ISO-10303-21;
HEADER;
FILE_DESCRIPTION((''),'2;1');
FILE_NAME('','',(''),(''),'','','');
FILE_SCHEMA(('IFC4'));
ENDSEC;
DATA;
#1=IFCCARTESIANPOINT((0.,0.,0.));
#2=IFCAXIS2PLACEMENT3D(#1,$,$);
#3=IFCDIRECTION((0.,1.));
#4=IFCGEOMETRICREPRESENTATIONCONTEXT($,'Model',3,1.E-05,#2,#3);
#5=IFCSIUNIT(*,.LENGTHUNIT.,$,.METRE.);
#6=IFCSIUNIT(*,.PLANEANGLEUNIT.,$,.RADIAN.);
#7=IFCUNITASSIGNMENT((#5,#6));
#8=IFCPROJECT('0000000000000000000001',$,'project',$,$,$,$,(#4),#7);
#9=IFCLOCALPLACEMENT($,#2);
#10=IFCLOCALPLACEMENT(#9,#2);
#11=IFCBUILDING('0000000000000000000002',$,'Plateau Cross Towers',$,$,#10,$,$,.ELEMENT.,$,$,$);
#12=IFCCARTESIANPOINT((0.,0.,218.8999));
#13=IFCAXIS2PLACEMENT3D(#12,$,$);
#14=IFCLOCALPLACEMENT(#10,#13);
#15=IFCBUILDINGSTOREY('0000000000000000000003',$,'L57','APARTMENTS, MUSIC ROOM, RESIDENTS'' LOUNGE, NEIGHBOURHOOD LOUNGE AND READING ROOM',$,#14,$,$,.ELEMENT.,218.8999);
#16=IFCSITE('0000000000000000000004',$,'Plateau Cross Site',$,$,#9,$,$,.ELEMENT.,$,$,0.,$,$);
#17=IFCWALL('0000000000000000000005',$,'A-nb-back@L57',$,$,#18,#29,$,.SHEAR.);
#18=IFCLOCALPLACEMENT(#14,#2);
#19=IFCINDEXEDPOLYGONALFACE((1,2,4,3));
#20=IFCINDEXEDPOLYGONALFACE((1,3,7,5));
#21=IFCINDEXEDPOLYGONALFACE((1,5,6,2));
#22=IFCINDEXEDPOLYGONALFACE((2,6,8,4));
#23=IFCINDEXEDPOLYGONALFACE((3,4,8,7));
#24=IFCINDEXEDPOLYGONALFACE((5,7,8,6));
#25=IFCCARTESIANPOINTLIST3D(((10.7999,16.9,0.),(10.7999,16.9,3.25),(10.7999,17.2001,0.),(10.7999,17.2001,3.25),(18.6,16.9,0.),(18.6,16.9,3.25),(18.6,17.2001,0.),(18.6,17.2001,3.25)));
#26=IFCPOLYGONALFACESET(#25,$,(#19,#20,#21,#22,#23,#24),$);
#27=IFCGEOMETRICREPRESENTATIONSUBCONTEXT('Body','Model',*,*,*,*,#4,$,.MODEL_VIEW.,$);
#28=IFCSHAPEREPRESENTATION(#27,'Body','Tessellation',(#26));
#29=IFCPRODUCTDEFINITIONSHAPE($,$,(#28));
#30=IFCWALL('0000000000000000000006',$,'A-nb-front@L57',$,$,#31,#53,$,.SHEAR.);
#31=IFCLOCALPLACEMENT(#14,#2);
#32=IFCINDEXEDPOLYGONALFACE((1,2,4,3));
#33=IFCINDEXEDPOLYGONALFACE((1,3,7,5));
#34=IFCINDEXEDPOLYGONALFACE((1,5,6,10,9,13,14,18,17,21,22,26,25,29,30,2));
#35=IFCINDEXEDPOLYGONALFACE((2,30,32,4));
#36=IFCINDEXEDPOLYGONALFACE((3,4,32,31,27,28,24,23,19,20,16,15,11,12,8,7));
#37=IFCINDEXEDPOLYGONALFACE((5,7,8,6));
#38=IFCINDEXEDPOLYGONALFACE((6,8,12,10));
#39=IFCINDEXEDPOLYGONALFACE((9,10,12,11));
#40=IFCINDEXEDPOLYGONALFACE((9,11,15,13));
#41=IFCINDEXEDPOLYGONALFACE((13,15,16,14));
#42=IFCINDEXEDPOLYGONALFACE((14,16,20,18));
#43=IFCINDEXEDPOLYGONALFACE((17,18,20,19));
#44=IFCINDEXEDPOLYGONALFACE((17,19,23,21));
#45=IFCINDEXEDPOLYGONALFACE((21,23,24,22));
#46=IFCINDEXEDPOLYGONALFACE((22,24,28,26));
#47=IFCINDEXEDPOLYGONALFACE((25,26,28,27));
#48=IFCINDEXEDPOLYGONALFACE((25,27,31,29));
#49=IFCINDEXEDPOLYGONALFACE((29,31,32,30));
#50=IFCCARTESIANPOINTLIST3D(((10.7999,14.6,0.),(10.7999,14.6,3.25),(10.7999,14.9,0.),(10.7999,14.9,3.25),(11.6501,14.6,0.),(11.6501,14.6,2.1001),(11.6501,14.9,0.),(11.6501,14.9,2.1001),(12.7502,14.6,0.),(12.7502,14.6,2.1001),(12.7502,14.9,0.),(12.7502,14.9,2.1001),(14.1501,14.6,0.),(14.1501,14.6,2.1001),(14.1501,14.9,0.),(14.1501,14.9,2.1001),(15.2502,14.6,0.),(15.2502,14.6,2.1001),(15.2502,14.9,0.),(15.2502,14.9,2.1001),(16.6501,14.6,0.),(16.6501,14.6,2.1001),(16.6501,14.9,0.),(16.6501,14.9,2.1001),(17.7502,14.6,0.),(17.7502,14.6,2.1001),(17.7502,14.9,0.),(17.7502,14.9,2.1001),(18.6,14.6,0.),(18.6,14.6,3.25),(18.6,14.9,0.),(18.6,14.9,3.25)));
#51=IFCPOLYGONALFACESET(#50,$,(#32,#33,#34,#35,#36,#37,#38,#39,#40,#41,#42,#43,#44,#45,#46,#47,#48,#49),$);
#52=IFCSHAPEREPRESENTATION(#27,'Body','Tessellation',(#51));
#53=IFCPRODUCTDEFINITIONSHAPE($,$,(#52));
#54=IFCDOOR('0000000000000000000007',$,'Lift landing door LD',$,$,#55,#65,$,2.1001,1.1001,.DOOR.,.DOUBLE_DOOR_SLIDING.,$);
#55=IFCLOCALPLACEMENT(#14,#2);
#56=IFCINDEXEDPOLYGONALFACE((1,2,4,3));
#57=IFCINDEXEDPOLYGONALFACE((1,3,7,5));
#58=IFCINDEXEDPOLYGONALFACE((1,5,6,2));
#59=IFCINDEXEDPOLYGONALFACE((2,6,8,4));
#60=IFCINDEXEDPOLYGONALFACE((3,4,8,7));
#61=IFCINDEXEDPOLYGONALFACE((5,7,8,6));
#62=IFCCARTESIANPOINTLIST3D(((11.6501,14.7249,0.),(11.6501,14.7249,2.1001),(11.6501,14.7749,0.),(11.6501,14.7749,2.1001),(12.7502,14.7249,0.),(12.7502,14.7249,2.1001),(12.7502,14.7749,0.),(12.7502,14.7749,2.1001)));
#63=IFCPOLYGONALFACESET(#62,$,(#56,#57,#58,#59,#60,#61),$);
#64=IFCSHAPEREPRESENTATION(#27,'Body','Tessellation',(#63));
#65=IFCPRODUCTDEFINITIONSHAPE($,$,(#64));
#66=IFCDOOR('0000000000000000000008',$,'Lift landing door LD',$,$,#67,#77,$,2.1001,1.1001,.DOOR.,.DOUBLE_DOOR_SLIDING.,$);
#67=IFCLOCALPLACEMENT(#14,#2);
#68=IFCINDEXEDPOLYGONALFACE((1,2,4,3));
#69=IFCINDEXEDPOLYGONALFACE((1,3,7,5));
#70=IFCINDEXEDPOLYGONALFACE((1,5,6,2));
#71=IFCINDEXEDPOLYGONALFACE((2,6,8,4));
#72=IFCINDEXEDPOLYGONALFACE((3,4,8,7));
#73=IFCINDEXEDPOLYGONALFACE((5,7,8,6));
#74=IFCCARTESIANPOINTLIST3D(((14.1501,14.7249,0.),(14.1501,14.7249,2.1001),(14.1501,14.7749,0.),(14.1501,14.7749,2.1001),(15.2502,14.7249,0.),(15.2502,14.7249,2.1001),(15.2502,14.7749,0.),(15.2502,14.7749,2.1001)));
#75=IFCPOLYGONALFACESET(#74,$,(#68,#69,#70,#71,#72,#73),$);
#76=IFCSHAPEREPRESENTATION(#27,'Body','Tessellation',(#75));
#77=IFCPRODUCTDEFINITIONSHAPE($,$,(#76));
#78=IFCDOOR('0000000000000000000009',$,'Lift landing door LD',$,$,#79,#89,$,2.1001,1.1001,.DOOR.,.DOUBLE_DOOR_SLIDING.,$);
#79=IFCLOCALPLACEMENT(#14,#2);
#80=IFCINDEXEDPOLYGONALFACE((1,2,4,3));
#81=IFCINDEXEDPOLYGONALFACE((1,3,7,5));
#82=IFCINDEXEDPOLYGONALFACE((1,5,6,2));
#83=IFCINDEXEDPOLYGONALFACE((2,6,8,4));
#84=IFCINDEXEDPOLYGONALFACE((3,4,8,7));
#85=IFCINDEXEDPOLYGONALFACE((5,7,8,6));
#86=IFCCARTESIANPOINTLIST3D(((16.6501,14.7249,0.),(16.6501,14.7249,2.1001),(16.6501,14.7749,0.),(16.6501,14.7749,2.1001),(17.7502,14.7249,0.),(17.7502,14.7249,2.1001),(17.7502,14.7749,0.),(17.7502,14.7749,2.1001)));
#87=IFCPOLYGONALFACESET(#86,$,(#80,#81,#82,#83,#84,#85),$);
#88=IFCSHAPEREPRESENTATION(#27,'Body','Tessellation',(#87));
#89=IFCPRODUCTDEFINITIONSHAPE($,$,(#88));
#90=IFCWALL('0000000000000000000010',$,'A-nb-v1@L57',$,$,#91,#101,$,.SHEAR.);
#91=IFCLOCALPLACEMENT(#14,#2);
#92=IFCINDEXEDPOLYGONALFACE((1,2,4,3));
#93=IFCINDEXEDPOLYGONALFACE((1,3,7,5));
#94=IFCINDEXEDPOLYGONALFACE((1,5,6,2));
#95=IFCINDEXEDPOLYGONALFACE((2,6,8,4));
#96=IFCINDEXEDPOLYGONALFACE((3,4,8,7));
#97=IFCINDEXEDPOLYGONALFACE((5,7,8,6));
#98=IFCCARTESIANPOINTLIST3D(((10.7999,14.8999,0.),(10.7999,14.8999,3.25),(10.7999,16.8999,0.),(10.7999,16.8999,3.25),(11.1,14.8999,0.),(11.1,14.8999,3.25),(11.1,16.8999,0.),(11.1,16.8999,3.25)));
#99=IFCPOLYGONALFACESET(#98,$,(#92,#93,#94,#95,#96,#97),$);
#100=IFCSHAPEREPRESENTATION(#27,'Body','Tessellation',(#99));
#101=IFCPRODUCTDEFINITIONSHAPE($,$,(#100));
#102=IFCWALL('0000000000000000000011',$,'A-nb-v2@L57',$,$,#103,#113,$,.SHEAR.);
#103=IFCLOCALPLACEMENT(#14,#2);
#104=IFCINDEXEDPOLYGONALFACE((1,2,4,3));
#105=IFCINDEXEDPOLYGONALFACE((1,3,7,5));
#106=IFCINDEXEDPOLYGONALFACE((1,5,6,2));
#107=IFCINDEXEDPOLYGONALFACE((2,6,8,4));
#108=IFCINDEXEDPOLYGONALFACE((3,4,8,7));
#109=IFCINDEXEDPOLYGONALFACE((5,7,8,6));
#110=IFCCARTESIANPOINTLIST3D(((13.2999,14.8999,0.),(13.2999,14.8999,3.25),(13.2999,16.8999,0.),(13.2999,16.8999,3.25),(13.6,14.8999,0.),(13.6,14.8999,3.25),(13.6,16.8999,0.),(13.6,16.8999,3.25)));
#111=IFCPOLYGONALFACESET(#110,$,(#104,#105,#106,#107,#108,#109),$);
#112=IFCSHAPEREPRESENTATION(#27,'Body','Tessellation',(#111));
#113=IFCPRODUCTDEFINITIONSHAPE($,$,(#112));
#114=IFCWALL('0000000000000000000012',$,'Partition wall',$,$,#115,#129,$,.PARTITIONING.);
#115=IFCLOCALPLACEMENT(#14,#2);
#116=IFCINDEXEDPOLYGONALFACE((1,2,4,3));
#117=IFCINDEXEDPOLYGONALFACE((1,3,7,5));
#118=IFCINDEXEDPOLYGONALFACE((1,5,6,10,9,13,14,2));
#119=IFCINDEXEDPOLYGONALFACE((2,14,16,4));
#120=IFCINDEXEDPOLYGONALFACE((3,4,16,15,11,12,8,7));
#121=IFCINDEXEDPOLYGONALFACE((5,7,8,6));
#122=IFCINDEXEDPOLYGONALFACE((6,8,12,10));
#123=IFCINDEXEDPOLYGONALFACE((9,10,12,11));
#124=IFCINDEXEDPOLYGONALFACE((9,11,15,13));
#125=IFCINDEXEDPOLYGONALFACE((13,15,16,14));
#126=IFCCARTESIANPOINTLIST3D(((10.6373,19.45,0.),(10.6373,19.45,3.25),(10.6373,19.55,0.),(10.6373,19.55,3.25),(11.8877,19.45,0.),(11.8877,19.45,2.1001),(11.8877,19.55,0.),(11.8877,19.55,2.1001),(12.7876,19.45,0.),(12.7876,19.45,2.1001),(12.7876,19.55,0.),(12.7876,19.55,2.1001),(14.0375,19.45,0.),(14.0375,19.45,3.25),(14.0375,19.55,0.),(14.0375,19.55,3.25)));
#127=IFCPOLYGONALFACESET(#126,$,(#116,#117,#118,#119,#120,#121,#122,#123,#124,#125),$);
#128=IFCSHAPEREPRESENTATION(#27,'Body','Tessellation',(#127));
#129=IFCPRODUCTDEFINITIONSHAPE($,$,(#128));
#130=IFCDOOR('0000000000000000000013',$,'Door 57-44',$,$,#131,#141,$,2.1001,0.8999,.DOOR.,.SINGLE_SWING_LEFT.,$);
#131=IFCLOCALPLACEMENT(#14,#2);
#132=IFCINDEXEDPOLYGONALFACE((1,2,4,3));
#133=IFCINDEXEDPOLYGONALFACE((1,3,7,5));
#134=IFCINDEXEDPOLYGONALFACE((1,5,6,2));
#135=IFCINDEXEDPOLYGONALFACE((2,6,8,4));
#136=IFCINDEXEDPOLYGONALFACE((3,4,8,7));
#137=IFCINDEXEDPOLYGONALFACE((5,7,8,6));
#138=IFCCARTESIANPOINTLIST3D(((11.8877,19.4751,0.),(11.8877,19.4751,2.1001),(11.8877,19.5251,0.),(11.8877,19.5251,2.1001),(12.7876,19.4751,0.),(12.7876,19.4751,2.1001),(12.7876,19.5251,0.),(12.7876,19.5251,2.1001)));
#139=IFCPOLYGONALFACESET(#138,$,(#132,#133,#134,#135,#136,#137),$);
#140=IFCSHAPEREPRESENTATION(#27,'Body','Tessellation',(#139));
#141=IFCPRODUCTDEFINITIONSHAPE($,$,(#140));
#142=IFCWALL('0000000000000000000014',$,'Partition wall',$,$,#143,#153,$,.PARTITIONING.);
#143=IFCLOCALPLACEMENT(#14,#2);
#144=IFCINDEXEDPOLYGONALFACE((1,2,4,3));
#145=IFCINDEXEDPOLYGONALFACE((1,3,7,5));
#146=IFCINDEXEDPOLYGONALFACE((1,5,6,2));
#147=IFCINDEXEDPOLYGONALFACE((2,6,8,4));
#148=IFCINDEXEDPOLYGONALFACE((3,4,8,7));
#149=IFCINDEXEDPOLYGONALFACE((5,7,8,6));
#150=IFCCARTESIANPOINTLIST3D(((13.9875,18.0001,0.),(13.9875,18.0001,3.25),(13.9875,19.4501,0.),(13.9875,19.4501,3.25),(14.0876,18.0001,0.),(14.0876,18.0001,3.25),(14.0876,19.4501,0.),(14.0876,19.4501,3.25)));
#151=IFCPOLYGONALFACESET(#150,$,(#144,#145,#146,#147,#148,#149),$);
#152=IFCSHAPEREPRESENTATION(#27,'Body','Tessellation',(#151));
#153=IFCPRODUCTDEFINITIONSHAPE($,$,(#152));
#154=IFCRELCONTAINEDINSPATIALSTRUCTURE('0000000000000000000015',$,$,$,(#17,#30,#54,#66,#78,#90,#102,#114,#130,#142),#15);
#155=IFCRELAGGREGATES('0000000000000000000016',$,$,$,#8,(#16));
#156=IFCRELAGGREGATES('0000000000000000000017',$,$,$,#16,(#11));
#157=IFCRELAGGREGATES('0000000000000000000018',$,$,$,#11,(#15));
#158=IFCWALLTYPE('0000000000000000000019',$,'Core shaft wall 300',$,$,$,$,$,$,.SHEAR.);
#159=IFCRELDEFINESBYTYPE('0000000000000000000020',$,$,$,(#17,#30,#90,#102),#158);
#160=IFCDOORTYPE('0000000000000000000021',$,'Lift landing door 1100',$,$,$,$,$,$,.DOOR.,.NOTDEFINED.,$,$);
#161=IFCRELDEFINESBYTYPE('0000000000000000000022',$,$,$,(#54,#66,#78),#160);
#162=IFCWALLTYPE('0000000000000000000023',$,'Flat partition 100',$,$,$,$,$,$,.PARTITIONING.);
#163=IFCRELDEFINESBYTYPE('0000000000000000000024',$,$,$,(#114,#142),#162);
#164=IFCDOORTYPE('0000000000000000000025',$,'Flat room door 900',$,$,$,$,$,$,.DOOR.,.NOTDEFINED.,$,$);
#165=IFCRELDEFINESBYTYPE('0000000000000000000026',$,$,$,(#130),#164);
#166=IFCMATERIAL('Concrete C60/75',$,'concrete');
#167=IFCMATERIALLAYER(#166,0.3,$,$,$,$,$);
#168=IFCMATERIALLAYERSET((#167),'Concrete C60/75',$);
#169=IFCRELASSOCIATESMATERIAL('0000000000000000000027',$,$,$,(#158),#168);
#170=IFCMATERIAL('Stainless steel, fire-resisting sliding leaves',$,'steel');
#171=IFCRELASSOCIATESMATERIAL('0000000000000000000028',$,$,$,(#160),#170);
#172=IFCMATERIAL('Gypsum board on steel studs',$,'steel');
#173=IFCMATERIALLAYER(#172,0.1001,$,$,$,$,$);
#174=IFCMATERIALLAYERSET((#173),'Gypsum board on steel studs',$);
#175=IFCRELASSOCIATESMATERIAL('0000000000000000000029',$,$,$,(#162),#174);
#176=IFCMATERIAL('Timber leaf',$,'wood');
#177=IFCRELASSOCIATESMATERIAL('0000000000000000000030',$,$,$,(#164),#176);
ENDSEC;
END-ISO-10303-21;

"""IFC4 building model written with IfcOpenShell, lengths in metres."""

from ifc_helpers import new_model, si_unit, direction, frame, frame_2d, origin, place, context, subcontext, project, spatial, rectangle, extrude, material, layer, layer_set, type_object, element, fill, save


model = new_model("IFC4")

# Units and contexts
model_context = context("Model", 3, precision=1e-05, world=origin(), true_north=direction((0.0, 1.0)))
body_context = subcontext(model_context, "Body", "Model", "MODEL_VIEW")
ifc_project = project(units=[si_unit("LENGTHUNIT", "METRE"), si_unit("PLANEANGLEUNIT", "RADIAN")], contexts=[model_context])

# Site, building, storey
site_placement = place(None, origin())
site = spatial("IfcSite", under=ifc_project, at=site_placement, Name="Plateau Cross Site", CompositionType="ELEMENT", RefElevation=0.0)
building_placement = place(site_placement, origin())
building = spatial("IfcBuilding", under=site, at=building_placement, Name="Plateau Cross Towers", CompositionType="ELEMENT")
storey_placement = place(building_placement, frame((0.0, 0.0, 218.8999)))
storey = spatial("IfcBuildingStorey", under=building, at=storey_placement, Name="L57", Description="APARTMENTS, MUSIC ROOM, RESIDENTS' LOUNGE, NEIGHBOURHOOD LOUNGE AND READING ROOM", CompositionType="ELEMENT", Elevation=218.8999)

# Wall
ifc_material_1 = material(Name="Concrete C60/75", Category="concrete")
ifc_layer_1 = layer(ifc_material_1, 0.3)
ifc_layer_set_1 = layer_set([ifc_layer_1], Name="Concrete C60/75")
wall_type_1 = type_object("IfcWallType", Name="Core shaft wall 300", PredefinedType="SHEAR", material=ifc_layer_set_1)
wall_1_placement = place(storey_placement, frame((10.8, 17.05, 0.0), z_axis=(0.0, 0.0, 1.0), x_axis=(1.0, 0.0, 0.0)))
element("IfcWall", 1, at=wall_1_placement, inside=storey, type_object=wall_type_1, Name="A-nb-back@L57", PredefinedType="SHEAR", context=body_context, shape_type="SweptSolid", body=[
    extrude(rectangle(XDim=7.8, YDim=0.3, at=frame_2d((3.8999, 0.0))), origin(), (0.0, 0.0, 1.0), 3.25),
])

# Wall, openings, doors
wall_2_placement = place(storey_placement, frame((10.8, 14.75, 0.0), z_axis=(0.0, 0.0, 1.0), x_axis=(1.0, 0.0, 0.0)))
wall_2 = element("IfcWall", 2, at=wall_2_placement, inside=storey, type_object=wall_type_1, Name="A-nb-front@L57", PredefinedType="SHEAR", context=body_context, shape_type="SweptSolid", body=[
    extrude(rectangle(XDim=7.8, YDim=0.3, at=frame_2d((3.8999, 0.0))), origin(), (0.0, 0.0, 1.0), 3.25),
])
opening_1_placement = place(wall_2_placement, frame((0.8501, 0.0, 0.0)))
opening_1 = element("IfcOpeningElement", 3, at=opening_1_placement, cuts=wall_2, PredefinedType="OPENING", context=body_context, shape_type="SweptSolid", body=[
    extrude(rectangle(XDim=1.1001, YDim=2.1001, at=frame_2d((0.55, 1.05))), frame((0.0, 0.1599, 0.0), z_axis=(0.0, -1.0, 0.0), x_axis=(1.0, 0.0, 0.0)), (0.0, 0.0, 1.0), 0.3201),
])
opening_2_placement = place(wall_2_placement, frame((3.3501, 0.0, 0.0)))
opening_2 = element("IfcOpeningElement", 4, at=opening_2_placement, cuts=wall_2, PredefinedType="OPENING", context=body_context, shape_type="SweptSolid", body=[
    extrude(rectangle(XDim=1.1001, YDim=2.1001, at=frame_2d((0.55, 1.05))), frame((0.0, 0.1599, 0.0), z_axis=(0.0, -1.0, 0.0), x_axis=(1.0, 0.0, 0.0)), (0.0, 0.0, 1.0), 0.3201),
])
opening_3_placement = place(wall_2_placement, frame((5.8501, 0.0, 0.0)))
opening_3 = element("IfcOpeningElement", 5, at=opening_3_placement, cuts=wall_2, PredefinedType="OPENING", context=body_context, shape_type="SweptSolid", body=[
    extrude(rectangle(XDim=1.1001, YDim=2.1001, at=frame_2d((0.55, 1.05))), frame((0.0, 0.1599, 0.0), z_axis=(0.0, -1.0, 0.0), x_axis=(1.0, 0.0, 0.0)), (0.0, 0.0, 1.0), 0.3201),
])
ifc_material_2 = material(Name="Stainless steel, fire-resisting sliding leaves", Category="steel")
door_type_1 = type_object("IfcDoorType", Name="Lift landing door 1100", OperationType="NOTDEFINED", PredefinedType="DOOR", material=ifc_material_2)
door_1_placement = place(opening_1_placement, origin())
door_1 = element("IfcDoor", 6, at=door_1_placement, inside=storey, type_object=door_type_1, Name="Lift landing door LD", OperationType="DOUBLE_DOOR_SLIDING", OverallHeight=2.1001, OverallWidth=1.1001, PredefinedType="DOOR", context=body_context, shape_type="SweptSolid", body=[
    extrude(rectangle(XDim=1.1001, YDim=2.1001, at=frame_2d((0.55, 1.05))), frame((0.0, 0.0249, 0.0), z_axis=(0.0, -1.0, 0.0), x_axis=(1.0, 0.0, 0.0)), (0.0, 0.0, 1.0), 0.05),
])
fill(opening_1, door_1)
door_2_placement = place(opening_2_placement, origin())
door_2 = element("IfcDoor", 7, at=door_2_placement, inside=storey, type_object=door_type_1, Name="Lift landing door LD", OperationType="DOUBLE_DOOR_SLIDING", OverallHeight=2.1001, OverallWidth=1.1001, PredefinedType="DOOR", context=body_context, shape_type="SweptSolid", body=[
    extrude(rectangle(XDim=1.1001, YDim=2.1001, at=frame_2d((0.55, 1.05))), frame((0.0, 0.0249, 0.0), z_axis=(0.0, -1.0, 0.0), x_axis=(1.0, 0.0, 0.0)), (0.0, 0.0, 1.0), 0.05),
])
fill(opening_2, door_2)
door_3_placement = place(opening_3_placement, origin())
door_3 = element("IfcDoor", 8, at=door_3_placement, inside=storey, type_object=door_type_1, Name="Lift landing door LD", OperationType="DOUBLE_DOOR_SLIDING", OverallHeight=2.1001, OverallWidth=1.1001, PredefinedType="DOOR", context=body_context, shape_type="SweptSolid", body=[
    extrude(rectangle(XDim=1.1001, YDim=2.1001, at=frame_2d((0.55, 1.05))), frame((0.0, 0.0249, 0.0), z_axis=(0.0, -1.0, 0.0), x_axis=(1.0, 0.0, 0.0)), (0.0, 0.0, 1.0), 0.05),
])
fill(opening_3, door_3)

# Walls
for number, where, z_axis, x_axis, name in (
    (9, (10.95, 14.8999, 0.0), (0.0, 0.0, 1.0), (0.0, 1.0, 0.0), "A-nb-v1@L57"),
    (10, (13.45, 14.8999, 0.0), (0.0, 0.0, 1.0), (0.0, 1.0, 0.0), "A-nb-v2@L57"),
):
    element("IfcWall", number, at=place(storey_placement, frame(where, z_axis=z_axis, x_axis=x_axis)), inside=storey, type_object=wall_type_1, Name=name, PredefinedType="SHEAR", context=body_context, shape_type="SweptSolid", body=[
        extrude(rectangle(XDim=2.0, YDim=0.3, at=frame_2d((1.0, 0.0))), origin(), (0.0, 0.0, 1.0), 3.25),
    ])

# Wall, opening, door
ifc_material_3 = material(Name="Gypsum board on steel studs", Category="steel")
ifc_layer_2 = layer(ifc_material_3, 0.1001)
ifc_layer_set_2 = layer_set([ifc_layer_2], Name="Gypsum board on steel studs")
wall_type_2 = type_object("IfcWallType", Name="Flat partition 100", PredefinedType="PARTITIONING", material=ifc_layer_set_2)
wall_3_placement = place(storey_placement, frame((14.0376, 19.5, 0.0), z_axis=(0.0, 0.0, 1.0), x_axis=(-1.0, 0.0, 0.0)))
wall_3 = element("IfcWall", 11, at=wall_3_placement, inside=storey, type_object=wall_type_2, Name="Partition wall", PredefinedType="PARTITIONING", context=body_context, shape_type="SweptSolid", body=[
    extrude(rectangle(XDim=3.4001, YDim=0.1001, at=frame_2d((1.7002, 0.0))), origin(), (0.0, 0.0, 1.0), 3.25),
])
opening_4_placement = place(wall_3_placement, frame((1.25, 0.0, 0.0)))
opening_4 = element("IfcOpeningElement", 12, at=opening_4_placement, cuts=wall_3, PredefinedType="OPENING", context=body_context, shape_type="SweptSolid", body=[
    extrude(rectangle(XDim=0.8999, YDim=2.1001, at=frame_2d((0.45, 1.05))), frame((0.0, 0.0601, 0.0), z_axis=(0.0, -1.0, 0.0), x_axis=(1.0, 0.0, 0.0)), (0.0, 0.0, 1.0), 0.1201),
])
ifc_material_4 = material(Name="Timber leaf", Category="wood")
door_type_2 = type_object("IfcDoorType", Name="Flat room door 900", OperationType="NOTDEFINED", PredefinedType="DOOR", material=ifc_material_4)
door_4_placement = place(opening_4_placement, origin())
door_4 = element("IfcDoor", 13, at=door_4_placement, inside=storey, type_object=door_type_2, Name="Door 57-44", OperationType="SINGLE_SWING_LEFT", OverallHeight=2.1001, OverallWidth=0.8999, PredefinedType="DOOR", context=body_context, shape_type="SweptSolid", body=[
    extrude(rectangle(XDim=0.8999, YDim=2.1001, at=frame_2d((0.45, 1.05))), frame((0.0, 0.0249, 0.0), z_axis=(0.0, -1.0, 0.0), x_axis=(1.0, 0.0, 0.0)), (0.0, 0.0, 1.0), 0.05),
])
fill(opening_4, door_4)

# Wall
wall_4_placement = place(storey_placement, frame((14.0376, 18.0, 0.0), z_axis=(0.0, 0.0, 1.0), x_axis=(0.0, 1.0, 0.0)))
element("IfcWall", 14, at=wall_4_placement, inside=storey, type_object=wall_type_2, Name="Partition wall", PredefinedType="PARTITIONING", context=body_context, shape_type="SweptSolid", body=[
    extrude(rectangle(XDim=1.45, YDim=0.1001, at=frame_2d((0.7251, 0.0))), origin(), (0.0, 0.0, 1.0), 3.25),
])

save(model, "model.ifc")
